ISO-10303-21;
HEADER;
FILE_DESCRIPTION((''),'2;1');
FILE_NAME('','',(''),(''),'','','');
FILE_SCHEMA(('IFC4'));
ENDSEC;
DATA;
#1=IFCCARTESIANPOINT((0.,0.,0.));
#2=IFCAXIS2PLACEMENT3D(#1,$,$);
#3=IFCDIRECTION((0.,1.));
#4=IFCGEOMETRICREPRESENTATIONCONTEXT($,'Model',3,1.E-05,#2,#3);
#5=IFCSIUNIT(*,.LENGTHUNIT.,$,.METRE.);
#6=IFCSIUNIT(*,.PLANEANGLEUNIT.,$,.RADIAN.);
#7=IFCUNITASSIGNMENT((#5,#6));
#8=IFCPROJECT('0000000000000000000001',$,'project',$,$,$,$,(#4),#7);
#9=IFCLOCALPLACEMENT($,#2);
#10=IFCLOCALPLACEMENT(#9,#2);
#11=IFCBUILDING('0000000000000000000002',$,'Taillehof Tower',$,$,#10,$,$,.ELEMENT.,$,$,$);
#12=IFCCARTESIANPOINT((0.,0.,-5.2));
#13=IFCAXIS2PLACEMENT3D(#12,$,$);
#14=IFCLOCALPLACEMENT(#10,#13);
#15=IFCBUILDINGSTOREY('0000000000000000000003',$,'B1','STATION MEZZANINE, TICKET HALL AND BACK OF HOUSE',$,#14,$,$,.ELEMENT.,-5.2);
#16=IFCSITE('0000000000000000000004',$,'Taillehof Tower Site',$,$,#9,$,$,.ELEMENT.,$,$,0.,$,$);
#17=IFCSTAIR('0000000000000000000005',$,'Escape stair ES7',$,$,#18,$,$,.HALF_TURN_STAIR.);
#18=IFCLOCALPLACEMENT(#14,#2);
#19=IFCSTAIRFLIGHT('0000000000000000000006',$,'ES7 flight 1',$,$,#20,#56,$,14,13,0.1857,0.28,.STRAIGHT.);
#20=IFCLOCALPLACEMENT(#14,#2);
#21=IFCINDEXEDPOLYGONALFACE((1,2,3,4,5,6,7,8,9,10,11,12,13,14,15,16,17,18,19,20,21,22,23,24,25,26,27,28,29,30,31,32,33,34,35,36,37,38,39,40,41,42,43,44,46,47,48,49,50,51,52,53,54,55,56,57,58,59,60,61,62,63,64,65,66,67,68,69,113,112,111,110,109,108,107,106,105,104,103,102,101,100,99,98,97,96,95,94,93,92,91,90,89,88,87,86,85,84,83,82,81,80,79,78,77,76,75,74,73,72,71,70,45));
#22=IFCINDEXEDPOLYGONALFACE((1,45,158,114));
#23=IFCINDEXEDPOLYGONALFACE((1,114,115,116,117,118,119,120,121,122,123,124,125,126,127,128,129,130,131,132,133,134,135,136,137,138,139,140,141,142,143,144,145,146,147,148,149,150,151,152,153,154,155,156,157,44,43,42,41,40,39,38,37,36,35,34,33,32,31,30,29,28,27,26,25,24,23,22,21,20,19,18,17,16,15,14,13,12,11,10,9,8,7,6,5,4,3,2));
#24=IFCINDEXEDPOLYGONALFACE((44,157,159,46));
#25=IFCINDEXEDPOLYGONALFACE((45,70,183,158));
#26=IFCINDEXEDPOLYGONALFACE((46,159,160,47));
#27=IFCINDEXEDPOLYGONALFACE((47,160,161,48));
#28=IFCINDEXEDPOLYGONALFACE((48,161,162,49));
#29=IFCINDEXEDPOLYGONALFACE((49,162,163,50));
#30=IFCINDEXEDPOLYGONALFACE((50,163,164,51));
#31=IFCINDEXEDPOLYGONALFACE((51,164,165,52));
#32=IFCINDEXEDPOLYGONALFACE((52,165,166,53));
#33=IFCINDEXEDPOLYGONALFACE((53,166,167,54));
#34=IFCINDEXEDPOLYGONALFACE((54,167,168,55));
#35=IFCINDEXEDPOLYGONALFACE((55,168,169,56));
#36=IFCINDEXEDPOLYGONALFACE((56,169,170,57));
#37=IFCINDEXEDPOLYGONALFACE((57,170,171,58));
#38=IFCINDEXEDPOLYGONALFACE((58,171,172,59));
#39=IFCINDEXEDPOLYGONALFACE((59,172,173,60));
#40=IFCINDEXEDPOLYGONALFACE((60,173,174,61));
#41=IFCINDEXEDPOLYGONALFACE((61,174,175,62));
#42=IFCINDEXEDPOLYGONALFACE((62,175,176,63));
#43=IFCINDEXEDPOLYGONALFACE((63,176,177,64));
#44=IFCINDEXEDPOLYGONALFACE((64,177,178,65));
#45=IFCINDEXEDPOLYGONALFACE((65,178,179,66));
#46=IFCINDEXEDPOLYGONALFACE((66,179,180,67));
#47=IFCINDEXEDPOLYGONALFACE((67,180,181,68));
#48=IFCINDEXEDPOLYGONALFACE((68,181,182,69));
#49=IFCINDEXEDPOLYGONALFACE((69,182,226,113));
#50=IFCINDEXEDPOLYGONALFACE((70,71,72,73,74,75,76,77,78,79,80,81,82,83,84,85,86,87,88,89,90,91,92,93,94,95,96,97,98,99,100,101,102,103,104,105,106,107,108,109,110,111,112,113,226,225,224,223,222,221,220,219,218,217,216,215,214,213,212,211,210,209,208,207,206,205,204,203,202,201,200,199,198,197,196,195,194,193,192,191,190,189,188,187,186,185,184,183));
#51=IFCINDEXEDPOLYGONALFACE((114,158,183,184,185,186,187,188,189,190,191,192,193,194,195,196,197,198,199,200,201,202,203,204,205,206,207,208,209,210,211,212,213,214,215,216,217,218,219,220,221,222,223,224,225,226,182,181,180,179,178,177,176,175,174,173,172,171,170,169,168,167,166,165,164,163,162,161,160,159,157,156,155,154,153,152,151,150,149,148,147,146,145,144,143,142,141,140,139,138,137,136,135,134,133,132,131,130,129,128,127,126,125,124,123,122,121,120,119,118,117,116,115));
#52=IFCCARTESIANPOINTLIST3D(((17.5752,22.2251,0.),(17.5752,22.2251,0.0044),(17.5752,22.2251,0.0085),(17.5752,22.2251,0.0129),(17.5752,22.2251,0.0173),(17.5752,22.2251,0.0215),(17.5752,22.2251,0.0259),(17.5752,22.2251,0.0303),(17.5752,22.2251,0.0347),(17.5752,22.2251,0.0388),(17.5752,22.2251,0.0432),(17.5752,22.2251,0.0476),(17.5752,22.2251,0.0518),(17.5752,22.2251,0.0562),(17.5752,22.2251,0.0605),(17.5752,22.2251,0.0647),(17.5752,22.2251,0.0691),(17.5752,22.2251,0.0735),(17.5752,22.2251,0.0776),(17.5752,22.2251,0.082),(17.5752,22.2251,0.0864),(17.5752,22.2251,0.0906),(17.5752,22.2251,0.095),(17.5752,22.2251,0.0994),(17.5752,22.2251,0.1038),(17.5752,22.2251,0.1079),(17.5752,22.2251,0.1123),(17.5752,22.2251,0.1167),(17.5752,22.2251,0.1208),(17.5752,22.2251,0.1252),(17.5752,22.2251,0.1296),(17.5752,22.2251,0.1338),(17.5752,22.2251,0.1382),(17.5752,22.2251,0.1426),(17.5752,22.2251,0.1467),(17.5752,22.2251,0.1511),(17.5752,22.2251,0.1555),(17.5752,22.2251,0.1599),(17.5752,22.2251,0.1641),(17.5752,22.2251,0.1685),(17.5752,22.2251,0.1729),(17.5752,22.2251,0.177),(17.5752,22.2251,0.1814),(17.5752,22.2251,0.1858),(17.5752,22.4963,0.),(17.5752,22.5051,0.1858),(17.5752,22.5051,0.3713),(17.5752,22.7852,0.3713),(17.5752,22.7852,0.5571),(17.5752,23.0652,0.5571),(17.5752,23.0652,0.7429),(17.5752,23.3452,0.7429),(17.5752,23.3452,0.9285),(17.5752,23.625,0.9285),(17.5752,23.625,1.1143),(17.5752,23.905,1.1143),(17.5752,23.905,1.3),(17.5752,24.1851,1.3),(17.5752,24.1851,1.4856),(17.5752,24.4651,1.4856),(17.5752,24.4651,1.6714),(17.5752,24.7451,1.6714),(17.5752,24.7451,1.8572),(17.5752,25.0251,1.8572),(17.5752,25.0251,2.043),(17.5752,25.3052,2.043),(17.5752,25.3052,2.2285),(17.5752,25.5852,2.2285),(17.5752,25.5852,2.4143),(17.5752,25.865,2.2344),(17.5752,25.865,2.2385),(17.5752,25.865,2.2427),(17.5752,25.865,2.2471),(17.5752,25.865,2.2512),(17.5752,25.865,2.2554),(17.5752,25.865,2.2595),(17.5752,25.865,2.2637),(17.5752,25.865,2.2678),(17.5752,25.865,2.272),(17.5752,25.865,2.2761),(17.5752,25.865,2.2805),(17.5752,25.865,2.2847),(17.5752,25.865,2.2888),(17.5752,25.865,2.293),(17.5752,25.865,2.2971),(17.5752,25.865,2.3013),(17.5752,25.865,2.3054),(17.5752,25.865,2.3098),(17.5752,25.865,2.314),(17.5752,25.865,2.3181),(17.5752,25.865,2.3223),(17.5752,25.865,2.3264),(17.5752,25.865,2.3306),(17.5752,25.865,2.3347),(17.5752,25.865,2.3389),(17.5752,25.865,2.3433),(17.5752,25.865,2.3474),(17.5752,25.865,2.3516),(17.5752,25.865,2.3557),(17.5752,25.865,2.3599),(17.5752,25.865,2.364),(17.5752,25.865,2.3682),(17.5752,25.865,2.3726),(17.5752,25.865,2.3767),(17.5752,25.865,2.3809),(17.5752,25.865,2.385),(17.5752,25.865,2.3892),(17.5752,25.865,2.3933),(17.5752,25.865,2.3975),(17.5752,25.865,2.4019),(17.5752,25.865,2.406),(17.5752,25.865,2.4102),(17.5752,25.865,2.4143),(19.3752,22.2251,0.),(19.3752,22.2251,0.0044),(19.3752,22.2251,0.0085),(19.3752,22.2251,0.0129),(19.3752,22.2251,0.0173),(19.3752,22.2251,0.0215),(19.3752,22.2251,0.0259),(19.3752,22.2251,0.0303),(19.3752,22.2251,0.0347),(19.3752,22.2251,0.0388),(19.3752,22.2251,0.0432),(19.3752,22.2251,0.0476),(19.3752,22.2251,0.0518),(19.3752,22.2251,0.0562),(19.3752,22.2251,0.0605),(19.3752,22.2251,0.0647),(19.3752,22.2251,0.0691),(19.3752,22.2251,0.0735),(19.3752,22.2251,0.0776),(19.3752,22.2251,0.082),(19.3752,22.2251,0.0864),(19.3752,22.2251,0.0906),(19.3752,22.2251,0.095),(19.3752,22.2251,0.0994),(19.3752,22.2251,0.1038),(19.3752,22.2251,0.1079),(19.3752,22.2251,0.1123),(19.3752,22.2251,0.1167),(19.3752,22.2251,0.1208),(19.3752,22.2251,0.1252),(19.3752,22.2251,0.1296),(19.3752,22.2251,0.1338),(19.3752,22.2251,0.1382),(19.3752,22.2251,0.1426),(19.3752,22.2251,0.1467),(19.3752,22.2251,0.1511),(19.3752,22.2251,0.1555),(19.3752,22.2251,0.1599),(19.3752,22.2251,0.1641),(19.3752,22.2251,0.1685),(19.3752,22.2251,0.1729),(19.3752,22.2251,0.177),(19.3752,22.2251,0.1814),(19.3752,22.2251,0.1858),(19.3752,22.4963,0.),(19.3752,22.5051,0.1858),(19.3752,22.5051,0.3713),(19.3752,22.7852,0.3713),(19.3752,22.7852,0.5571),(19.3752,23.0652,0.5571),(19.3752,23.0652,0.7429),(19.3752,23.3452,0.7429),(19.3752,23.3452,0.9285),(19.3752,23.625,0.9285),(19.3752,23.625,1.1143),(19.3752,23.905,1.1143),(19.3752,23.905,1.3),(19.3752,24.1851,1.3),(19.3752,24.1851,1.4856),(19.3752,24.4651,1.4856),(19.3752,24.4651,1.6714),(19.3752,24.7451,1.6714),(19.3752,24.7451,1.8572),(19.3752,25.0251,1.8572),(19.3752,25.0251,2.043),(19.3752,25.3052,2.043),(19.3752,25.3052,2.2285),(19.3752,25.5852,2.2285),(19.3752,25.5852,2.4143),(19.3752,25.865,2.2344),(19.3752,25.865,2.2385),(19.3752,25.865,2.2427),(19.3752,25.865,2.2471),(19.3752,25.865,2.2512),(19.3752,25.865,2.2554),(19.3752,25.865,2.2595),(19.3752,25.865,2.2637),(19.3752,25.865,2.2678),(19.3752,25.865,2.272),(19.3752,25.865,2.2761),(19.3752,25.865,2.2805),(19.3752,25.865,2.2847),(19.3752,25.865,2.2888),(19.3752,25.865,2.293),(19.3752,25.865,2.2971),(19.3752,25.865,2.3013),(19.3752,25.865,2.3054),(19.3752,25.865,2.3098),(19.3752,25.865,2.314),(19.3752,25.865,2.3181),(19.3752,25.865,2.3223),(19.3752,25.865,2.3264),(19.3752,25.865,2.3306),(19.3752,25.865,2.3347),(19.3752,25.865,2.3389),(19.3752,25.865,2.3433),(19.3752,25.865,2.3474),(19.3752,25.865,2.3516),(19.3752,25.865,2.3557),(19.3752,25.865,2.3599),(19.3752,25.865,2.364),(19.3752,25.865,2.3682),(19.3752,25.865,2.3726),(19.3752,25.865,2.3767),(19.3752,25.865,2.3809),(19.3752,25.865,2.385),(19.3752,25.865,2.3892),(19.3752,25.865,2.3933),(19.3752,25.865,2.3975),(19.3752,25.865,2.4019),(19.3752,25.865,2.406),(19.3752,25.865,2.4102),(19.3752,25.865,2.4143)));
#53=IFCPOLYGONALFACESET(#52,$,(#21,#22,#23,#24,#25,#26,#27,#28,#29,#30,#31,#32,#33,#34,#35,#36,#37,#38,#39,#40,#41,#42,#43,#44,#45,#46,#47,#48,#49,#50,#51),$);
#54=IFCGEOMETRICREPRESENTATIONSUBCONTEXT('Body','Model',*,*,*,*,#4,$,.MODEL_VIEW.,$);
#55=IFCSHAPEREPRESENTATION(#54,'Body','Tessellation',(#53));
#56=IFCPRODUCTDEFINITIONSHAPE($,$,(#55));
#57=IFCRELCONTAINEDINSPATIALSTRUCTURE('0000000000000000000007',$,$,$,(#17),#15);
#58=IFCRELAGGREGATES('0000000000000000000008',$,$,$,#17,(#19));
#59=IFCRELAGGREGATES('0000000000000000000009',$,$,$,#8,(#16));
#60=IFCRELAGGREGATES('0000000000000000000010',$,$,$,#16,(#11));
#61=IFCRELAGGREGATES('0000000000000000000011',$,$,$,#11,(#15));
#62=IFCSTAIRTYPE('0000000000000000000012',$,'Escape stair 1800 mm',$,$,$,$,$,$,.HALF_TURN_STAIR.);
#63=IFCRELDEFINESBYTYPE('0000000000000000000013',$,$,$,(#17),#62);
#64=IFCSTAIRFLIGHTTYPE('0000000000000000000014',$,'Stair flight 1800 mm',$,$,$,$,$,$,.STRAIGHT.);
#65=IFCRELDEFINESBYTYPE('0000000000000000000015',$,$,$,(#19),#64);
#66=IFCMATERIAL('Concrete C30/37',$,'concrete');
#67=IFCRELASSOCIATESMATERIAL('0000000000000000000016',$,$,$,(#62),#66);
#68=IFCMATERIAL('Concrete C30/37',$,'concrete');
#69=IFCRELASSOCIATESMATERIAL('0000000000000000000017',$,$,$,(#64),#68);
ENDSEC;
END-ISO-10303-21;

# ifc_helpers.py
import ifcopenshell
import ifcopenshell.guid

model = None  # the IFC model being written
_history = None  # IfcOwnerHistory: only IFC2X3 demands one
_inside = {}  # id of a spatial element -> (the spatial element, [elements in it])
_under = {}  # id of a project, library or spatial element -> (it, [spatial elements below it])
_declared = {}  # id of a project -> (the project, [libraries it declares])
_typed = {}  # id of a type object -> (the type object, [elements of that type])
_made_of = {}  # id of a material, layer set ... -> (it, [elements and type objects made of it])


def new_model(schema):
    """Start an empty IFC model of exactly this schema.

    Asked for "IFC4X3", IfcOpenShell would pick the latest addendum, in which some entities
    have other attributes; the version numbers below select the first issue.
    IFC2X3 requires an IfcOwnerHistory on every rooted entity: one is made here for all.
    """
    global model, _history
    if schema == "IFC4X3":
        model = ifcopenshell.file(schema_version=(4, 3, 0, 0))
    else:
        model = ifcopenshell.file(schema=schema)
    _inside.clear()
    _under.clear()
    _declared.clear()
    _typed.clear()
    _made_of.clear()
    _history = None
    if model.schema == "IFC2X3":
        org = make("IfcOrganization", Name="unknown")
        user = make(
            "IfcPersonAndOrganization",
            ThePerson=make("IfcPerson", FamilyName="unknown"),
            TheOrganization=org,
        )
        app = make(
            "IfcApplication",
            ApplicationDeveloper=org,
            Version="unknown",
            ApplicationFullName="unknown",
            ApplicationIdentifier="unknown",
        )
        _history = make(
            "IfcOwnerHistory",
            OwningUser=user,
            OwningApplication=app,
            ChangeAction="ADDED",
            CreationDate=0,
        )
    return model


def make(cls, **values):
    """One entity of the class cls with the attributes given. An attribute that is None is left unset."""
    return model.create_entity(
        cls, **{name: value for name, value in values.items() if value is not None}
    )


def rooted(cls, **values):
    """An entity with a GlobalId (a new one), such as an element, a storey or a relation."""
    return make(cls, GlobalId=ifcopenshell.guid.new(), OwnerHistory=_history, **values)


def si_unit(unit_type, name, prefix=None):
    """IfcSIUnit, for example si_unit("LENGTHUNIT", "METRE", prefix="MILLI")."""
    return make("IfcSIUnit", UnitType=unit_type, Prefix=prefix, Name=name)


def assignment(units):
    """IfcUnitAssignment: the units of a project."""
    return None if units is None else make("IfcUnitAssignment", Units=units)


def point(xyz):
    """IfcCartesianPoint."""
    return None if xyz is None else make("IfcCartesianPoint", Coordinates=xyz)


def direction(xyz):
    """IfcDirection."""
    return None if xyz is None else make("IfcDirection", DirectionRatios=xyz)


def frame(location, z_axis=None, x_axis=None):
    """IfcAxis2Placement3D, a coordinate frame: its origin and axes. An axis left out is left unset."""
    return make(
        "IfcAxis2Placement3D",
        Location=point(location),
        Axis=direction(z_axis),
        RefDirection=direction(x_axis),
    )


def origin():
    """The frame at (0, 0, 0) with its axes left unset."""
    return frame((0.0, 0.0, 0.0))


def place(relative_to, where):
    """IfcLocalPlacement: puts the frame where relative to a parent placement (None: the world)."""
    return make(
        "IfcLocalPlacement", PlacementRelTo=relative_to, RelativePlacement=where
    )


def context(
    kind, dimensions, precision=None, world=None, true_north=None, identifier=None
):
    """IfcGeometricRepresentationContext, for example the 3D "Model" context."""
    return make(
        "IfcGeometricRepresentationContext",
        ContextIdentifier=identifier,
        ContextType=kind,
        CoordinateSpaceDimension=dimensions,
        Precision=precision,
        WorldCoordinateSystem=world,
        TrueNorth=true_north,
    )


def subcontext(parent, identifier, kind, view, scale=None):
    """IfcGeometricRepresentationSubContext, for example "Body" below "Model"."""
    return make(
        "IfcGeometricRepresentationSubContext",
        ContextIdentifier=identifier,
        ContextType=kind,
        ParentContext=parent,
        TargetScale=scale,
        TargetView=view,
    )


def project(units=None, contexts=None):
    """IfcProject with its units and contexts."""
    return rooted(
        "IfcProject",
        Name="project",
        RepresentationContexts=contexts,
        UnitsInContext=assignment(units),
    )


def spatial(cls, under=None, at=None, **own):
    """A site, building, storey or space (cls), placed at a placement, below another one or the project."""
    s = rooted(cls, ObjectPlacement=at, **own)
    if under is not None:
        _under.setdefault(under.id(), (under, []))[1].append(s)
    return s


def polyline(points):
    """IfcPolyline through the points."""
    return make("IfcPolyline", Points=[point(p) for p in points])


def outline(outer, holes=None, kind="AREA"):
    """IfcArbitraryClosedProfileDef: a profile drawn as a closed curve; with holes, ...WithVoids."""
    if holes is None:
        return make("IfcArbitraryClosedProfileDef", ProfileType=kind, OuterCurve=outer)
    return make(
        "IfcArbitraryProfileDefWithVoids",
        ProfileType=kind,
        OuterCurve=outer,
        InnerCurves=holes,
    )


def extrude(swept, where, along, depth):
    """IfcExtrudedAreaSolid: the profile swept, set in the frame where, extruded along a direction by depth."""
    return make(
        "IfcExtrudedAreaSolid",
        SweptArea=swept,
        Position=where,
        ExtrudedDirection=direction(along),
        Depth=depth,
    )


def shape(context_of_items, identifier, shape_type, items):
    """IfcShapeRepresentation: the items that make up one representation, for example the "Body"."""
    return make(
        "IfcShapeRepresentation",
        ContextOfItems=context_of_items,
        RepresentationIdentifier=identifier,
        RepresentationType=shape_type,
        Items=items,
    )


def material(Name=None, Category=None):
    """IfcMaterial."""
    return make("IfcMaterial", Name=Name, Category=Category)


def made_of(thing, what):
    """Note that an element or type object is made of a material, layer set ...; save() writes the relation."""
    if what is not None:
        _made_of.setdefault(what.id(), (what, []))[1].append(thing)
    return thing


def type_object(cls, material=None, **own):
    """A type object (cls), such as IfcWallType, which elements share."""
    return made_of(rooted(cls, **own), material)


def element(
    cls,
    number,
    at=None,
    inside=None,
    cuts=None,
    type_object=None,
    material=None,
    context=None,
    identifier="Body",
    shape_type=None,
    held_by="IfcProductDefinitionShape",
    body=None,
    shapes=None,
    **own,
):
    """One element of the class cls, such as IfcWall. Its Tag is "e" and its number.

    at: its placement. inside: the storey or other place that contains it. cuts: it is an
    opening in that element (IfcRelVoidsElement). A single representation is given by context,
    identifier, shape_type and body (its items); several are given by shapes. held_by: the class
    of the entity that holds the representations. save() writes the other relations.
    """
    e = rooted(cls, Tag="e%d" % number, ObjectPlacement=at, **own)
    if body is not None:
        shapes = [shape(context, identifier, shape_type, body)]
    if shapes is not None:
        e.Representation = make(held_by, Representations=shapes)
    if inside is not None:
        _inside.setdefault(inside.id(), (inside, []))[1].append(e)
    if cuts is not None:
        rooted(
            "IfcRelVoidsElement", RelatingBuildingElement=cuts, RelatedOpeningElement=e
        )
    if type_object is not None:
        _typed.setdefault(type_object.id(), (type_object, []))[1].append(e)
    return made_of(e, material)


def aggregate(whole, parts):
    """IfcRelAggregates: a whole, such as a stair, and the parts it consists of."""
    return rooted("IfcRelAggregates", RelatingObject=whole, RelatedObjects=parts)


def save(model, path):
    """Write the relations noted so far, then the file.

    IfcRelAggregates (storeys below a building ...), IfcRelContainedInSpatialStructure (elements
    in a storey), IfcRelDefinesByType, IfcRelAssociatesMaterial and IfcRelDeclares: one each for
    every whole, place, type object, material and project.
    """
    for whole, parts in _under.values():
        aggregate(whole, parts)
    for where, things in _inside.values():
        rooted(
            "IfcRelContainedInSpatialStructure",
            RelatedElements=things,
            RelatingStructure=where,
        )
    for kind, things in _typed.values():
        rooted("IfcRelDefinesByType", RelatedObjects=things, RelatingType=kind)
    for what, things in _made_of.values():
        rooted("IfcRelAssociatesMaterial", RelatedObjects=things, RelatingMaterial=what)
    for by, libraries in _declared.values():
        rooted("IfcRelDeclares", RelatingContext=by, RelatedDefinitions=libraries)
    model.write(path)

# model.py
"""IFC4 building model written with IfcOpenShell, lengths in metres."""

from ifc_helpers import new_model, si_unit, direction, frame, origin, place, context, subcontext, project, spatial, polyline, outline, extrude, material, type_object, element, aggregate, save


model = new_model("IFC4")

# Units and contexts
model_context = context("Model", 3, precision=1e-05, world=origin(), true_north=direction((0.0, 1.0)))
body_context = subcontext(model_context, "Body", "Model", "MODEL_VIEW")
ifc_project = project(units=[si_unit("LENGTHUNIT", "METRE"), si_unit("PLANEANGLEUNIT", "RADIAN")], contexts=[model_context])

# Site, building, storey
site_placement = place(None, origin())
site = spatial("IfcSite", under=ifc_project, at=site_placement, Name="Taillehof Tower Site", CompositionType="ELEMENT", RefElevation=0.0)
building_placement = place(site_placement, origin())
building = spatial("IfcBuilding", under=site, at=building_placement, Name="Taillehof Tower", CompositionType="ELEMENT")
storey_placement = place(building_placement, frame((0.0, 0.0, -5.2)))
storey = spatial("IfcBuildingStorey", under=building, at=storey_placement, Name="B1", Description="STATION MEZZANINE, TICKET HALL AND BACK OF HOUSE", CompositionType="ELEMENT", Elevation=-5.2)

# Stair, stair flight
ifc_material_1 = material(Name="Concrete C30/37", Category="concrete")
stair_type = type_object("IfcStairType", Name="Escape stair 1800 mm", PredefinedType="HALF_TURN_STAIR", material=ifc_material_1)
stair_placement = place(storey_placement, origin())
stair = element("IfcStair", 1, at=stair_placement, inside=storey, type_object=stair_type, Name="Escape stair ES7", PredefinedType="HALF_TURN_STAIR")
ifc_material_2 = material(Name="Concrete C30/37", Category="concrete")
stair_flight_type = type_object("IfcStairFlightType", Name="Stair flight 1800 mm", PredefinedType="STRAIGHT", material=ifc_material_2)
stair_flight_1_placement = place(storey_placement, frame((18.4751, 22.2251, 0.0), z_axis=(0.0, 0.0, 1.0), x_axis=(0.0, 1.0, 0.0)))
stair_flight_1 = element("IfcStairFlight", 2, at=stair_flight_1_placement, type_object=stair_flight_type, Name="ES7 flight 1", NumberOfRisers=14, NumberOfTreads=13, PredefinedType="STRAIGHT", RiserHeight=0.1857, TreadLength=0.28, context=body_context, shape_type="SweptSolid", body=[
    extrude(outline(polyline([(0.0, 0.0), (0.0, 0.0044), (0.0, 0.0085), (0.0, 0.0129), (0.0, 0.0173), (0.0, 0.0215), (0.0, 0.0259), (0.0, 0.0303), (0.0, 0.0347), (0.0, 0.0388), (0.0, 0.0432), (0.0, 0.0476), (0.0, 0.0518), (0.0, 0.0562), (0.0, 0.0605), (0.0, 0.0647), (0.0, 0.0691), (0.0, 0.0735), (0.0, 0.0776), (0.0, 0.082), (0.0, 0.0864), (0.0, 0.0906), (0.0, 0.095), (0.0, 0.0994), (0.0, 0.1038), (0.0, 0.1079), (0.0, 0.1123), (0.0, 0.1167), (0.0, 0.1208), (0.0, 0.1252), (0.0, 0.1296), (0.0, 0.1338), (0.0, 0.1382), (0.0, 0.1426), (0.0, 0.1467), (0.0, 0.1511), (0.0, 0.1555), (0.0, 0.1599), (0.0, 0.1641), (0.0, 0.1685), (0.0, 0.1729), (0.0, 0.177), (0.0, 0.1814), (0.0, 0.1858), (0.28, 0.1858), (0.28, 0.3713), (0.5601, 0.3713), (0.5601, 0.5571), (0.8401, 0.5571), (0.8401, 0.7429), (1.1201, 0.7429), (1.1201, 0.9285), (1.3999, 0.9285), (1.3999, 1.1143), (1.6799, 1.1143), (1.6799, 1.3), (1.96, 1.3), (1.96, 1.4856), (2.24, 1.4856), (2.24, 1.6714), (2.52, 1.6714), (2.52, 1.8572), (2.8, 1.8572), (2.8, 2.043), (3.0801, 2.043), (3.0801, 2.2285), (3.3601, 2.2285), (3.3601, 2.4143), (3.6399, 2.4143), (3.6399, 2.4102), (3.6399, 2.406), (3.6399, 2.4019), (3.6399, 2.3975), (3.6399, 2.3933), (3.6399, 2.3892), (3.6399, 2.385), (3.6399, 2.3809), (3.6399, 2.3767), (3.6399, 2.3726), (3.6399, 2.3682), (3.6399, 2.364), (3.6399, 2.3599), (3.6399, 2.3557), (3.6399, 2.3516), (3.6399, 2.3474), (3.6399, 2.3433), (3.6399, 2.3389), (3.6399, 2.3347), (3.6399, 2.3306), (3.6399, 2.3264), (3.6399, 2.3223), (3.6399, 2.3181), (3.6399, 2.314), (3.6399, 2.3098), (3.6399, 2.3054), (3.6399, 2.3013), (3.6399, 2.2971), (3.6399, 2.293), (3.6399, 2.2888), (3.6399, 2.2847), (3.6399, 2.2805), (3.6399, 2.2761), (3.6399, 2.272), (3.6399, 2.2678), (3.6399, 2.2637), (3.6399, 2.2595), (3.6399, 2.2554), (3.6399, 2.2512), (3.6399, 2.2471), (3.6399, 2.2427), (3.6399, 2.2385), (3.6399, 2.2344), (0.2712, 0.0), (0.0, 0.0)])), frame((0.0, 0.8999, 0.0), z_axis=(0.0, -1.0, 0.0), x_axis=(1.0, 0.0, 0.0)), (0.0, 0.0, 1.0), 1.8),
])
aggregate(stair, [stair_flight_1])

save(model, "model.ifc")
